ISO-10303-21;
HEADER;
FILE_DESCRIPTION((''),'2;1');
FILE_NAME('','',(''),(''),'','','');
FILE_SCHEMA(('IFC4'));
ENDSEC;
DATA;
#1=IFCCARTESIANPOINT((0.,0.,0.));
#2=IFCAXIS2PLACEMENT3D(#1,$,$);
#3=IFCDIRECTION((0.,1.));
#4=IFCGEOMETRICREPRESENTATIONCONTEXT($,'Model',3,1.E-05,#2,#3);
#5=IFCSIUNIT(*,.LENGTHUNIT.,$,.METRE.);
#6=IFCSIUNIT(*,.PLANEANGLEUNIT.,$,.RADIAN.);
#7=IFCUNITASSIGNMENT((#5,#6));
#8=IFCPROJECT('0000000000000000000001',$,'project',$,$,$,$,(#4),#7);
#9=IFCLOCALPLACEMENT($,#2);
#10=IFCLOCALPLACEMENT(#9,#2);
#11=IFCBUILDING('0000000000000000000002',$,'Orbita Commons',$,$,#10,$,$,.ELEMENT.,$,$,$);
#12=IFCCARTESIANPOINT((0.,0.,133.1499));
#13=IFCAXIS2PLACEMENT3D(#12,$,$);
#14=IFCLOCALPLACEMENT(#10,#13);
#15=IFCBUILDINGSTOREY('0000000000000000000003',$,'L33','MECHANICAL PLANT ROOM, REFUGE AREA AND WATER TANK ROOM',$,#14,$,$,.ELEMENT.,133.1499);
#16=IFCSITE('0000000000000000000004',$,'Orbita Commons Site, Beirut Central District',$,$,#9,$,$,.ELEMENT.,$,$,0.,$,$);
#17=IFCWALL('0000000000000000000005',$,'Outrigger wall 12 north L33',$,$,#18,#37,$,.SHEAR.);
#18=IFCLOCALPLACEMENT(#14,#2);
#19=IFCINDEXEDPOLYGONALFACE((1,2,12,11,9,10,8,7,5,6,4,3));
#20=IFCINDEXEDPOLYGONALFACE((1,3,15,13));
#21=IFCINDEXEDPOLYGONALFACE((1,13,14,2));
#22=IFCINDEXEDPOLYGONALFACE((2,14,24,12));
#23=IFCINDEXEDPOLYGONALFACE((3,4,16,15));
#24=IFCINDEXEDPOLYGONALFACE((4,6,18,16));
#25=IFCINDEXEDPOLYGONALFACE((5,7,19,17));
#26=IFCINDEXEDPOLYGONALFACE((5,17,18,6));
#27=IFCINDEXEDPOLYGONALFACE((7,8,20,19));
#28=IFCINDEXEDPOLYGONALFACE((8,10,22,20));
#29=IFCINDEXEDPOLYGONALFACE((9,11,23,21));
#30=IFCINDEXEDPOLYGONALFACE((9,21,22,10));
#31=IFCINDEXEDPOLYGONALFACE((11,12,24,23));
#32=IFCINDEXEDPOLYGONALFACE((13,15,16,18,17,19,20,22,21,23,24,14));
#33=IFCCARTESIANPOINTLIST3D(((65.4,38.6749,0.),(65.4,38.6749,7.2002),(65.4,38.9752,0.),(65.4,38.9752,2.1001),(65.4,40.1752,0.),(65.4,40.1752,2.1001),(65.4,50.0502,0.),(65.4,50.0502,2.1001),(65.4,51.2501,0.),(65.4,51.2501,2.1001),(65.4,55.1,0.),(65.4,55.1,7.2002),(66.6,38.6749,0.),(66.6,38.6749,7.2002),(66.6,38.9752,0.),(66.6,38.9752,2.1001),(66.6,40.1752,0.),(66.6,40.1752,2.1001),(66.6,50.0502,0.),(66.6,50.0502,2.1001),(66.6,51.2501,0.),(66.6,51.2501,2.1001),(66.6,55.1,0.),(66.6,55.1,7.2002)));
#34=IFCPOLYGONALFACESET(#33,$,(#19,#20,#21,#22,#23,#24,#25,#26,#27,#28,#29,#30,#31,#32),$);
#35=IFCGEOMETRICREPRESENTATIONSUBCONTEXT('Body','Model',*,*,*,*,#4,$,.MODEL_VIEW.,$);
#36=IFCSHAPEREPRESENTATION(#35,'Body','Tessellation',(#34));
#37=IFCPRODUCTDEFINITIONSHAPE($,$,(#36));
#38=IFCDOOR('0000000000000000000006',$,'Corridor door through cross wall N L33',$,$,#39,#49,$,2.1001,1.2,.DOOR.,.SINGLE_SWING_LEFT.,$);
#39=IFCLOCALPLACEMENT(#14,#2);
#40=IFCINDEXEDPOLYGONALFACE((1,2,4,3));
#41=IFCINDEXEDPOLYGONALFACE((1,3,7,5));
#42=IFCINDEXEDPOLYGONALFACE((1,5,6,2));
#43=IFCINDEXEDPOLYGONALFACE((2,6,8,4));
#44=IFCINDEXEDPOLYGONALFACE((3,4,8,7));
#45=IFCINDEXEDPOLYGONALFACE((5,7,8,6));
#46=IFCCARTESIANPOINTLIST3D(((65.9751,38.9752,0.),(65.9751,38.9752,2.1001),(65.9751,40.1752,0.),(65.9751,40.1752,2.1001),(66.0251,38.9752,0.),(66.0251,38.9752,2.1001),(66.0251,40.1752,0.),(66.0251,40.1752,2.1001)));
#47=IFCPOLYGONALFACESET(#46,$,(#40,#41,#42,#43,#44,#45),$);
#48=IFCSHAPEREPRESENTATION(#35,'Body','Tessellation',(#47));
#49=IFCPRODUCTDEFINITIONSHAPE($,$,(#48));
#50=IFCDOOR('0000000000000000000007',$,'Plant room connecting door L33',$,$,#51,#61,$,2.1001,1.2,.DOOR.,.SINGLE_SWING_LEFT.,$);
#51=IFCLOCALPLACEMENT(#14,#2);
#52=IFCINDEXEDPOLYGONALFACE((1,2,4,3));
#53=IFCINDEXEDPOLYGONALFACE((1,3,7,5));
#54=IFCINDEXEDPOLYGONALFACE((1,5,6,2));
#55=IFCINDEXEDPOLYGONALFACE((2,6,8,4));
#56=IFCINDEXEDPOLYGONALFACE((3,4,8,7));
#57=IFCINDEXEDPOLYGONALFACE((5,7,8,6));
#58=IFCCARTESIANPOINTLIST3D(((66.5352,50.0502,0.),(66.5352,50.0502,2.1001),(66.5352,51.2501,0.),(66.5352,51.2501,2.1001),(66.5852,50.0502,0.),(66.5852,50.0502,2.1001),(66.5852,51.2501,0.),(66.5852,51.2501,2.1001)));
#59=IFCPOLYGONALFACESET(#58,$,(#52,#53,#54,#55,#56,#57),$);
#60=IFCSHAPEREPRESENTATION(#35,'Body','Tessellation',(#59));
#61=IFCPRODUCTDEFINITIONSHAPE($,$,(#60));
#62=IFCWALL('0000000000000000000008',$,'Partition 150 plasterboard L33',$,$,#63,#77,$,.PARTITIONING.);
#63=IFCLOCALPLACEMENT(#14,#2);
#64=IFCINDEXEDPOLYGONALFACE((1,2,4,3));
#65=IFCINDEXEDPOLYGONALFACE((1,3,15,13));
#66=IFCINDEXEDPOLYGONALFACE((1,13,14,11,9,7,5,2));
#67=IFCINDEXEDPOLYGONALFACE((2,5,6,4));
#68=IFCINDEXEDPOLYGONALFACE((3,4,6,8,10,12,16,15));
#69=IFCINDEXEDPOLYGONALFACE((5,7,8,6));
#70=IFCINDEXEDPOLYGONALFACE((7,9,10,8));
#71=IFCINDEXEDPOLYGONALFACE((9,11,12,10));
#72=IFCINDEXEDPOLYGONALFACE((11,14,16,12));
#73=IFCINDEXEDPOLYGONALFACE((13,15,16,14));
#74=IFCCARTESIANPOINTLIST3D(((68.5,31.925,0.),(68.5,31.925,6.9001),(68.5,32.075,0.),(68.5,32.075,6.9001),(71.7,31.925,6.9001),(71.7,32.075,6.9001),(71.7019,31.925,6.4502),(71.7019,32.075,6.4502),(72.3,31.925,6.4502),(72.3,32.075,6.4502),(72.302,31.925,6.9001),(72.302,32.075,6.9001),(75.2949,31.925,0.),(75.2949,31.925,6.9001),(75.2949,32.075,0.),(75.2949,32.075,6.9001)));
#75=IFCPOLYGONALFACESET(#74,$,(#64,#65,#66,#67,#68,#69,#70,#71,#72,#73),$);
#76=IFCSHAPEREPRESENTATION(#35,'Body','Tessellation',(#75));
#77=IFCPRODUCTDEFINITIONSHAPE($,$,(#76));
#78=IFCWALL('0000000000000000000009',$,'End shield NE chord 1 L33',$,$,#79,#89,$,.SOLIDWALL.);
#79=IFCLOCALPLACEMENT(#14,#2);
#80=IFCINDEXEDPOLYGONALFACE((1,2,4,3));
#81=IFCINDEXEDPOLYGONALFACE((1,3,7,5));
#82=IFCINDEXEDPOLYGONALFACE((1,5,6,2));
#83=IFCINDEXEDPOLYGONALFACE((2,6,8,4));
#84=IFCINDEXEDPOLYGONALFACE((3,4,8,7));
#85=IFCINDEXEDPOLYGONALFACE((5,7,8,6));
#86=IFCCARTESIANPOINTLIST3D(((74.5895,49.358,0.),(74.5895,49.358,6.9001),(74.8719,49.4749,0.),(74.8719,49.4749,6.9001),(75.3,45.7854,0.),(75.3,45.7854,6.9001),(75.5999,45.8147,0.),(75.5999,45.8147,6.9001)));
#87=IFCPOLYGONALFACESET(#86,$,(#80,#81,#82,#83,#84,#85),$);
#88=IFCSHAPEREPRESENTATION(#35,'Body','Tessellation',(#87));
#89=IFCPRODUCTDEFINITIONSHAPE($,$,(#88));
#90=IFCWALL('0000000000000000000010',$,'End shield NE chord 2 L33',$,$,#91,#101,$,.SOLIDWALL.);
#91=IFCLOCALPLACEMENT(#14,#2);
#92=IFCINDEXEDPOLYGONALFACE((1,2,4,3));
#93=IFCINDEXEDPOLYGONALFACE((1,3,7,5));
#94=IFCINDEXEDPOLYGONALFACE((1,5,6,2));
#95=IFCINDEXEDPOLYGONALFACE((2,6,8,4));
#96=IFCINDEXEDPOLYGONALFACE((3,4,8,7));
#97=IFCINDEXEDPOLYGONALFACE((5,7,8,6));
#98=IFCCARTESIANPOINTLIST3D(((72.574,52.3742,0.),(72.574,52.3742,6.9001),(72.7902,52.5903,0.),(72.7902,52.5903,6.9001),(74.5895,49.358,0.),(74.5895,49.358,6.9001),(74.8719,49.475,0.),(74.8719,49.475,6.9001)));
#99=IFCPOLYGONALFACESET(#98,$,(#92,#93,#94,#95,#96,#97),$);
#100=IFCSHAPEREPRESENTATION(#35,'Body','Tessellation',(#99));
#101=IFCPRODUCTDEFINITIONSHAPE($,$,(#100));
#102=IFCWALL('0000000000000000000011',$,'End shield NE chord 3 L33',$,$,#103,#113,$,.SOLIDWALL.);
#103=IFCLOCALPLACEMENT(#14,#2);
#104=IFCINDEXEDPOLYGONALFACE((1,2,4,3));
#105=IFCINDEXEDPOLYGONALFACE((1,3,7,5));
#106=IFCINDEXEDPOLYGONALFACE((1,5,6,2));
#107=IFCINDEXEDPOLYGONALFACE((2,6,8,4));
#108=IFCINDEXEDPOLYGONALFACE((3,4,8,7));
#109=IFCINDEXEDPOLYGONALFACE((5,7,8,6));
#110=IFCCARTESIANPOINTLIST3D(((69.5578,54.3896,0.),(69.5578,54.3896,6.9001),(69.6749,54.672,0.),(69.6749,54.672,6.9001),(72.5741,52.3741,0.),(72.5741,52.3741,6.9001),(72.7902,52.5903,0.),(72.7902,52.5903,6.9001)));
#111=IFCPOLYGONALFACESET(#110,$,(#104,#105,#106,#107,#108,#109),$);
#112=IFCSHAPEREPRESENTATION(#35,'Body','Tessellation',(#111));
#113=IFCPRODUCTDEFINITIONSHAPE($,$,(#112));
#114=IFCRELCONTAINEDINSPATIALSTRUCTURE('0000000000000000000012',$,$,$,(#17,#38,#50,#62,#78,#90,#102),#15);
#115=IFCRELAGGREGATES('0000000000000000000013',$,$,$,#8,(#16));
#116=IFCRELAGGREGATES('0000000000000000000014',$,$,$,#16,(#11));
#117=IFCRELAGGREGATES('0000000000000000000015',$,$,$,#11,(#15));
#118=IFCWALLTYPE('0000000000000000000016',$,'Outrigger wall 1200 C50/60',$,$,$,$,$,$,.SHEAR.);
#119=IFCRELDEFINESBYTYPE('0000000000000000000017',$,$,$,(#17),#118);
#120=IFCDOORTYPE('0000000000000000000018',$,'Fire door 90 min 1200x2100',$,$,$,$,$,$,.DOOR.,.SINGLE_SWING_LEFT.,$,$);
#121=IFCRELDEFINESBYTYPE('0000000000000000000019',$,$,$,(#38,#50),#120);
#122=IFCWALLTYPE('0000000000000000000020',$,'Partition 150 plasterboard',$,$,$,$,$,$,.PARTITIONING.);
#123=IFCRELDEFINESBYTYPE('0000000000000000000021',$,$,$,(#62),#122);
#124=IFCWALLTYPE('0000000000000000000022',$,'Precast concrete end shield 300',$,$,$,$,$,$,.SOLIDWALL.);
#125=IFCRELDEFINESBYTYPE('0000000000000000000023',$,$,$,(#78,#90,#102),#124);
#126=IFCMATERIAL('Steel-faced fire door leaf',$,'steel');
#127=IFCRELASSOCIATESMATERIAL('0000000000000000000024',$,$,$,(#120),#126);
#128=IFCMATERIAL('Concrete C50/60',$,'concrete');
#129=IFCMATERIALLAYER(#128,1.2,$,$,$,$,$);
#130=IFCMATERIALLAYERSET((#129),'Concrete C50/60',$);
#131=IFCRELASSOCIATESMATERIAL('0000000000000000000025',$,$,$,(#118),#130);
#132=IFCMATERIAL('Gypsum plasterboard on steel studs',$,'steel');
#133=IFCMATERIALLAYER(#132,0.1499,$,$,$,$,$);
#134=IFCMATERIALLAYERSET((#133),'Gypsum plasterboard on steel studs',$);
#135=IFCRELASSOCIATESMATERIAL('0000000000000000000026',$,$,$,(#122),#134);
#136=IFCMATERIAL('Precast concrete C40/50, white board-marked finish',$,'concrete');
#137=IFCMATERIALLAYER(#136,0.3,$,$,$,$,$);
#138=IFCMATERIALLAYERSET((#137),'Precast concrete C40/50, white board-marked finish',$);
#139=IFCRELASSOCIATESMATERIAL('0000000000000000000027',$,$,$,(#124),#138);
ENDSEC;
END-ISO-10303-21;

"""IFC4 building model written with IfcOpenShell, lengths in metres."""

from ifc_helpers import new_model, si_unit, direction, frame, frame_2d, origin, place, context, subcontext, project, spatial, polyline, rectangle, outline, extrude, material, layer, layer_set, type_object, element, fill, save


model = new_model("IFC4")

# Units and contexts
model_context = context("Model", 3, precision=1e-05, world=origin(), true_north=direction((0.0, 1.0)))
body_context = subcontext(model_context, "Body", "Model", "MODEL_VIEW")
ifc_project = project(units=[si_unit("LENGTHUNIT", "METRE"), si_unit("PLANEANGLEUNIT", "RADIAN")], contexts=[model_context])

# Site, building, storey
site_placement = place(None, origin())
site = spatial("IfcSite", under=ifc_project, at=site_placement, Name="Orbita Commons Site, Beirut Central District", CompositionType="ELEMENT", RefElevation=0.0)
building_placement = place(site_placement, origin())
building = spatial("IfcBuilding", under=site, at=building_placement, Name="Orbita Commons", CompositionType="ELEMENT")
storey_placement = place(building_placement, frame((0.0, 0.0, 133.1499)))
storey = spatial("IfcBuildingStorey", under=building, at=storey_placement, Name="L33", Description="MECHANICAL PLANT ROOM, REFUGE AREA AND WATER TANK ROOM", CompositionType="ELEMENT", Elevation=133.1499)

# Shared definitions
ifc_material_1 = material(Name="Steel-faced fire door leaf", Category="steel")
door_type_1 = type_object("IfcDoorType", Name="Fire door 90 min 1200x2100", OperationType="SINGLE_SWING_LEFT", PredefinedType="DOOR", material=ifc_material_1)

# Shared definitions
ifc_material_2 = material(Name="Concrete C50/60", Category="concrete")
ifc_layer_1 = layer(ifc_material_2, 1.2)
ifc_layer_set_1 = layer_set([ifc_layer_1], Name="Concrete C50/60")
wall_type_1 = type_object("IfcWallType", Name="Outrigger wall 1200 C50/60", PredefinedType="SHEAR", material=ifc_layer_set_1)

# Wall, openings, doors
wall_1_placement = place(storey_placement, frame((66.0, 38.675, 0.0), z_axis=(0.0, 0.0, 1.0), x_axis=(0.0, 1.0, 0.0)))
wall_1 = element("IfcWall", 1, at=wall_1_placement, inside=storey, type_object=wall_type_1, Name="Outrigger wall 12 north L33", PredefinedType="SHEAR", context=body_context, shape_type="SweptSolid", body=[
    extrude(rectangle(XDim=16.425, YDim=1.2, at=frame_2d((8.2124, 0.0))), origin(), (0.0, 0.0, 1.0), 7.2002),
])
opening_1_placement = place(wall_1_placement, frame((0.3, 0.0, 0.0)))
opening_1 = element("IfcOpeningElement", 2, at=opening_1_placement, cuts=wall_1, PredefinedType="OPENING", context=body_context, shape_type="SweptSolid", body=[
    extrude(rectangle(XDim=1.2, YDim=2.1001, at=frame_2d((0.6001, 1.05))), frame((0.0, 0.6099, 0.0), z_axis=(0.0, -1.0, 0.0), x_axis=(1.0, 0.0, 0.0)), (0.0, 0.0, 1.0), 1.22),
])
opening_2_placement = place(wall_1_placement, frame((11.375, 0.0, 0.0)))
opening_2 = element("IfcOpeningElement", 3, at=opening_2_placement, cuts=wall_1, PredefinedType="OPENING", context=body_context, shape_type="SweptSolid", body=[
    extrude(rectangle(XDim=1.2, YDim=2.1001, at=frame_2d((0.6001, 1.05))), frame((0.0, 0.6099, 0.0), z_axis=(0.0, -1.0, 0.0), x_axis=(1.0, 0.0, 0.0)), (0.0, 0.0, 1.0), 1.22),
])
door_1_placement = place(opening_1_placement, origin())
door_1 = element("IfcDoor", 4, at=door_1_placement, inside=storey, type_object=door_type_1, Name="Corridor door through cross wall N L33", OperationType="SINGLE_SWING_LEFT", OverallHeight=2.1001, OverallWidth=1.2, PredefinedType="DOOR", context=body_context, shape_type="SweptSolid", body=[
    extrude(rectangle(XDim=1.2, YDim=2.1001, at=frame_2d((0.6001, 1.05))), frame((0.0, 0.0249, 0.0), z_axis=(0.0, -1.0, 0.0), x_axis=(1.0, 0.0, 0.0)), (0.0, 0.0, 1.0), 0.05),
])
fill(opening_1, door_1)
door_2_placement = place(opening_2_placement, origin())
door_2 = element("IfcDoor", 5, at=door_2_placement, inside=storey, type_object=door_type_1, Name="Plant room connecting door L33", OperationType="SINGLE_SWING_LEFT", OverallHeight=2.1001, OverallWidth=1.2, PredefinedType="DOOR", context=body_context, shape_type="SweptSolid", body=[
    extrude(rectangle(XDim=1.2, YDim=2.1001, at=frame_2d((0.6001, 1.05))), frame((0.0, -0.5352, 0.0), z_axis=(0.0, -1.0, 0.0), x_axis=(1.0, 0.0, 0.0)), (0.0, 0.0, 1.0), 0.05),
])
fill(opening_2, door_2)

# Walls
ifc_material_3 = material(Name="Gypsum plasterboard on steel studs", Category="steel")
ifc_layer_2 = layer(ifc_material_3, 0.1499)
ifc_layer_set_2 = layer_set([ifc_layer_2], Name="Gypsum plasterboard on steel studs")
wall_type_2 = type_object("IfcWallType", Name="Partition 150 plasterboard", PredefinedType="PARTITIONING", material=ifc_layer_set_2)
wall_2_placement = place(storey_placement, frame((68.5, 32.0, 0.0), z_axis=(0.0, 0.0, 1.0), x_axis=(1.0, 0.0, 0.0)))
element("IfcWall", 6, at=wall_2_placement, inside=storey, type_object=wall_type_2, Name="Partition 150 plasterboard L33", PredefinedType="PARTITIONING", context=body_context, shape_type="SweptSolid", body=[
    extrude(outline(polyline([(0.0, 0.0), (6.7949, 0.0), (6.7949, 6.9001), (3.802, 6.9001), (3.8, 6.4502), (3.2019, 6.4502), (3.2, 6.9001), (0.0, 6.9001), (0.0, 0.0)])), frame((0.0, 0.075, 0.0), z_axis=(0.0, -1.0, 0.0), x_axis=(1.0, 0.0, 0.0)), (0.0, 0.0, 1.0), 0.1499),
])
ifc_material_4 = material(Name="Precast concrete C40/50, white board-marked finish", Category="concrete")
ifc_layer_3 = layer(ifc_material_4, 0.3)
ifc_layer_set_3 = layer_set([ifc_layer_3], Name="Precast concrete C40/50, white board-marked finish")
wall_type_3 = type_object("IfcWallType", Name="Precast concrete end shield 300", PredefinedType="SOLIDWALL", material=ifc_layer_set_3)
wall_3_placement = place(storey_placement, frame((75.45, 45.8, 0.0), z_axis=(0.0, 0.0, 1.0), x_axis=(-0.195059, 0.980791, 0.0)))
element("IfcWall", 7, at=wall_3_placement, inside=storey, type_object=wall_type_3, Name="End shield NE chord 1 L33", PredefinedType="SOLIDWALL", context=body_context, shape_type="SweptSolid", body=[
    extrude(outline(polyline([(-0.0149, -0.1499), (3.717, -0.1499), (3.6575, 0.1499), (0.0149, 0.1499), (-0.0149, -0.1499)])), origin(), (0.0, 0.0, 1.0), 6.9001),
])
for number, where, z_axis, x_axis, name in (
    (8, (74.7307, 49.4165, 0.0), (0.0, 0.0, 1.0), (-0.555601, 0.831449, 0.0), "End shield NE chord 2 L33"),
    (9, (72.6821, 52.4822, 0.0), (0.0, 0.0, 1.0), (-0.831449, 0.555601, 0.0), "End shield NE chord 3 L33"),
):
    element("IfcWall", number, at=place(storey_placement, frame(where, z_axis=z_axis, x_axis=x_axis)), inside=storey, type_object=wall_type_3, Name=name, PredefinedType="SOLIDWALL", context=body_context, shape_type="SweptSolid", body=[
        extrude(outline(polyline([(-0.0298, -0.1499), (3.717, -0.1499), (3.6575, 0.1499), (0.0298, 0.1499), (-0.0298, -0.1499)])), origin(), (0.0, 0.0, 1.0), 6.9001),
    ])

save(model, "model.ifc")
